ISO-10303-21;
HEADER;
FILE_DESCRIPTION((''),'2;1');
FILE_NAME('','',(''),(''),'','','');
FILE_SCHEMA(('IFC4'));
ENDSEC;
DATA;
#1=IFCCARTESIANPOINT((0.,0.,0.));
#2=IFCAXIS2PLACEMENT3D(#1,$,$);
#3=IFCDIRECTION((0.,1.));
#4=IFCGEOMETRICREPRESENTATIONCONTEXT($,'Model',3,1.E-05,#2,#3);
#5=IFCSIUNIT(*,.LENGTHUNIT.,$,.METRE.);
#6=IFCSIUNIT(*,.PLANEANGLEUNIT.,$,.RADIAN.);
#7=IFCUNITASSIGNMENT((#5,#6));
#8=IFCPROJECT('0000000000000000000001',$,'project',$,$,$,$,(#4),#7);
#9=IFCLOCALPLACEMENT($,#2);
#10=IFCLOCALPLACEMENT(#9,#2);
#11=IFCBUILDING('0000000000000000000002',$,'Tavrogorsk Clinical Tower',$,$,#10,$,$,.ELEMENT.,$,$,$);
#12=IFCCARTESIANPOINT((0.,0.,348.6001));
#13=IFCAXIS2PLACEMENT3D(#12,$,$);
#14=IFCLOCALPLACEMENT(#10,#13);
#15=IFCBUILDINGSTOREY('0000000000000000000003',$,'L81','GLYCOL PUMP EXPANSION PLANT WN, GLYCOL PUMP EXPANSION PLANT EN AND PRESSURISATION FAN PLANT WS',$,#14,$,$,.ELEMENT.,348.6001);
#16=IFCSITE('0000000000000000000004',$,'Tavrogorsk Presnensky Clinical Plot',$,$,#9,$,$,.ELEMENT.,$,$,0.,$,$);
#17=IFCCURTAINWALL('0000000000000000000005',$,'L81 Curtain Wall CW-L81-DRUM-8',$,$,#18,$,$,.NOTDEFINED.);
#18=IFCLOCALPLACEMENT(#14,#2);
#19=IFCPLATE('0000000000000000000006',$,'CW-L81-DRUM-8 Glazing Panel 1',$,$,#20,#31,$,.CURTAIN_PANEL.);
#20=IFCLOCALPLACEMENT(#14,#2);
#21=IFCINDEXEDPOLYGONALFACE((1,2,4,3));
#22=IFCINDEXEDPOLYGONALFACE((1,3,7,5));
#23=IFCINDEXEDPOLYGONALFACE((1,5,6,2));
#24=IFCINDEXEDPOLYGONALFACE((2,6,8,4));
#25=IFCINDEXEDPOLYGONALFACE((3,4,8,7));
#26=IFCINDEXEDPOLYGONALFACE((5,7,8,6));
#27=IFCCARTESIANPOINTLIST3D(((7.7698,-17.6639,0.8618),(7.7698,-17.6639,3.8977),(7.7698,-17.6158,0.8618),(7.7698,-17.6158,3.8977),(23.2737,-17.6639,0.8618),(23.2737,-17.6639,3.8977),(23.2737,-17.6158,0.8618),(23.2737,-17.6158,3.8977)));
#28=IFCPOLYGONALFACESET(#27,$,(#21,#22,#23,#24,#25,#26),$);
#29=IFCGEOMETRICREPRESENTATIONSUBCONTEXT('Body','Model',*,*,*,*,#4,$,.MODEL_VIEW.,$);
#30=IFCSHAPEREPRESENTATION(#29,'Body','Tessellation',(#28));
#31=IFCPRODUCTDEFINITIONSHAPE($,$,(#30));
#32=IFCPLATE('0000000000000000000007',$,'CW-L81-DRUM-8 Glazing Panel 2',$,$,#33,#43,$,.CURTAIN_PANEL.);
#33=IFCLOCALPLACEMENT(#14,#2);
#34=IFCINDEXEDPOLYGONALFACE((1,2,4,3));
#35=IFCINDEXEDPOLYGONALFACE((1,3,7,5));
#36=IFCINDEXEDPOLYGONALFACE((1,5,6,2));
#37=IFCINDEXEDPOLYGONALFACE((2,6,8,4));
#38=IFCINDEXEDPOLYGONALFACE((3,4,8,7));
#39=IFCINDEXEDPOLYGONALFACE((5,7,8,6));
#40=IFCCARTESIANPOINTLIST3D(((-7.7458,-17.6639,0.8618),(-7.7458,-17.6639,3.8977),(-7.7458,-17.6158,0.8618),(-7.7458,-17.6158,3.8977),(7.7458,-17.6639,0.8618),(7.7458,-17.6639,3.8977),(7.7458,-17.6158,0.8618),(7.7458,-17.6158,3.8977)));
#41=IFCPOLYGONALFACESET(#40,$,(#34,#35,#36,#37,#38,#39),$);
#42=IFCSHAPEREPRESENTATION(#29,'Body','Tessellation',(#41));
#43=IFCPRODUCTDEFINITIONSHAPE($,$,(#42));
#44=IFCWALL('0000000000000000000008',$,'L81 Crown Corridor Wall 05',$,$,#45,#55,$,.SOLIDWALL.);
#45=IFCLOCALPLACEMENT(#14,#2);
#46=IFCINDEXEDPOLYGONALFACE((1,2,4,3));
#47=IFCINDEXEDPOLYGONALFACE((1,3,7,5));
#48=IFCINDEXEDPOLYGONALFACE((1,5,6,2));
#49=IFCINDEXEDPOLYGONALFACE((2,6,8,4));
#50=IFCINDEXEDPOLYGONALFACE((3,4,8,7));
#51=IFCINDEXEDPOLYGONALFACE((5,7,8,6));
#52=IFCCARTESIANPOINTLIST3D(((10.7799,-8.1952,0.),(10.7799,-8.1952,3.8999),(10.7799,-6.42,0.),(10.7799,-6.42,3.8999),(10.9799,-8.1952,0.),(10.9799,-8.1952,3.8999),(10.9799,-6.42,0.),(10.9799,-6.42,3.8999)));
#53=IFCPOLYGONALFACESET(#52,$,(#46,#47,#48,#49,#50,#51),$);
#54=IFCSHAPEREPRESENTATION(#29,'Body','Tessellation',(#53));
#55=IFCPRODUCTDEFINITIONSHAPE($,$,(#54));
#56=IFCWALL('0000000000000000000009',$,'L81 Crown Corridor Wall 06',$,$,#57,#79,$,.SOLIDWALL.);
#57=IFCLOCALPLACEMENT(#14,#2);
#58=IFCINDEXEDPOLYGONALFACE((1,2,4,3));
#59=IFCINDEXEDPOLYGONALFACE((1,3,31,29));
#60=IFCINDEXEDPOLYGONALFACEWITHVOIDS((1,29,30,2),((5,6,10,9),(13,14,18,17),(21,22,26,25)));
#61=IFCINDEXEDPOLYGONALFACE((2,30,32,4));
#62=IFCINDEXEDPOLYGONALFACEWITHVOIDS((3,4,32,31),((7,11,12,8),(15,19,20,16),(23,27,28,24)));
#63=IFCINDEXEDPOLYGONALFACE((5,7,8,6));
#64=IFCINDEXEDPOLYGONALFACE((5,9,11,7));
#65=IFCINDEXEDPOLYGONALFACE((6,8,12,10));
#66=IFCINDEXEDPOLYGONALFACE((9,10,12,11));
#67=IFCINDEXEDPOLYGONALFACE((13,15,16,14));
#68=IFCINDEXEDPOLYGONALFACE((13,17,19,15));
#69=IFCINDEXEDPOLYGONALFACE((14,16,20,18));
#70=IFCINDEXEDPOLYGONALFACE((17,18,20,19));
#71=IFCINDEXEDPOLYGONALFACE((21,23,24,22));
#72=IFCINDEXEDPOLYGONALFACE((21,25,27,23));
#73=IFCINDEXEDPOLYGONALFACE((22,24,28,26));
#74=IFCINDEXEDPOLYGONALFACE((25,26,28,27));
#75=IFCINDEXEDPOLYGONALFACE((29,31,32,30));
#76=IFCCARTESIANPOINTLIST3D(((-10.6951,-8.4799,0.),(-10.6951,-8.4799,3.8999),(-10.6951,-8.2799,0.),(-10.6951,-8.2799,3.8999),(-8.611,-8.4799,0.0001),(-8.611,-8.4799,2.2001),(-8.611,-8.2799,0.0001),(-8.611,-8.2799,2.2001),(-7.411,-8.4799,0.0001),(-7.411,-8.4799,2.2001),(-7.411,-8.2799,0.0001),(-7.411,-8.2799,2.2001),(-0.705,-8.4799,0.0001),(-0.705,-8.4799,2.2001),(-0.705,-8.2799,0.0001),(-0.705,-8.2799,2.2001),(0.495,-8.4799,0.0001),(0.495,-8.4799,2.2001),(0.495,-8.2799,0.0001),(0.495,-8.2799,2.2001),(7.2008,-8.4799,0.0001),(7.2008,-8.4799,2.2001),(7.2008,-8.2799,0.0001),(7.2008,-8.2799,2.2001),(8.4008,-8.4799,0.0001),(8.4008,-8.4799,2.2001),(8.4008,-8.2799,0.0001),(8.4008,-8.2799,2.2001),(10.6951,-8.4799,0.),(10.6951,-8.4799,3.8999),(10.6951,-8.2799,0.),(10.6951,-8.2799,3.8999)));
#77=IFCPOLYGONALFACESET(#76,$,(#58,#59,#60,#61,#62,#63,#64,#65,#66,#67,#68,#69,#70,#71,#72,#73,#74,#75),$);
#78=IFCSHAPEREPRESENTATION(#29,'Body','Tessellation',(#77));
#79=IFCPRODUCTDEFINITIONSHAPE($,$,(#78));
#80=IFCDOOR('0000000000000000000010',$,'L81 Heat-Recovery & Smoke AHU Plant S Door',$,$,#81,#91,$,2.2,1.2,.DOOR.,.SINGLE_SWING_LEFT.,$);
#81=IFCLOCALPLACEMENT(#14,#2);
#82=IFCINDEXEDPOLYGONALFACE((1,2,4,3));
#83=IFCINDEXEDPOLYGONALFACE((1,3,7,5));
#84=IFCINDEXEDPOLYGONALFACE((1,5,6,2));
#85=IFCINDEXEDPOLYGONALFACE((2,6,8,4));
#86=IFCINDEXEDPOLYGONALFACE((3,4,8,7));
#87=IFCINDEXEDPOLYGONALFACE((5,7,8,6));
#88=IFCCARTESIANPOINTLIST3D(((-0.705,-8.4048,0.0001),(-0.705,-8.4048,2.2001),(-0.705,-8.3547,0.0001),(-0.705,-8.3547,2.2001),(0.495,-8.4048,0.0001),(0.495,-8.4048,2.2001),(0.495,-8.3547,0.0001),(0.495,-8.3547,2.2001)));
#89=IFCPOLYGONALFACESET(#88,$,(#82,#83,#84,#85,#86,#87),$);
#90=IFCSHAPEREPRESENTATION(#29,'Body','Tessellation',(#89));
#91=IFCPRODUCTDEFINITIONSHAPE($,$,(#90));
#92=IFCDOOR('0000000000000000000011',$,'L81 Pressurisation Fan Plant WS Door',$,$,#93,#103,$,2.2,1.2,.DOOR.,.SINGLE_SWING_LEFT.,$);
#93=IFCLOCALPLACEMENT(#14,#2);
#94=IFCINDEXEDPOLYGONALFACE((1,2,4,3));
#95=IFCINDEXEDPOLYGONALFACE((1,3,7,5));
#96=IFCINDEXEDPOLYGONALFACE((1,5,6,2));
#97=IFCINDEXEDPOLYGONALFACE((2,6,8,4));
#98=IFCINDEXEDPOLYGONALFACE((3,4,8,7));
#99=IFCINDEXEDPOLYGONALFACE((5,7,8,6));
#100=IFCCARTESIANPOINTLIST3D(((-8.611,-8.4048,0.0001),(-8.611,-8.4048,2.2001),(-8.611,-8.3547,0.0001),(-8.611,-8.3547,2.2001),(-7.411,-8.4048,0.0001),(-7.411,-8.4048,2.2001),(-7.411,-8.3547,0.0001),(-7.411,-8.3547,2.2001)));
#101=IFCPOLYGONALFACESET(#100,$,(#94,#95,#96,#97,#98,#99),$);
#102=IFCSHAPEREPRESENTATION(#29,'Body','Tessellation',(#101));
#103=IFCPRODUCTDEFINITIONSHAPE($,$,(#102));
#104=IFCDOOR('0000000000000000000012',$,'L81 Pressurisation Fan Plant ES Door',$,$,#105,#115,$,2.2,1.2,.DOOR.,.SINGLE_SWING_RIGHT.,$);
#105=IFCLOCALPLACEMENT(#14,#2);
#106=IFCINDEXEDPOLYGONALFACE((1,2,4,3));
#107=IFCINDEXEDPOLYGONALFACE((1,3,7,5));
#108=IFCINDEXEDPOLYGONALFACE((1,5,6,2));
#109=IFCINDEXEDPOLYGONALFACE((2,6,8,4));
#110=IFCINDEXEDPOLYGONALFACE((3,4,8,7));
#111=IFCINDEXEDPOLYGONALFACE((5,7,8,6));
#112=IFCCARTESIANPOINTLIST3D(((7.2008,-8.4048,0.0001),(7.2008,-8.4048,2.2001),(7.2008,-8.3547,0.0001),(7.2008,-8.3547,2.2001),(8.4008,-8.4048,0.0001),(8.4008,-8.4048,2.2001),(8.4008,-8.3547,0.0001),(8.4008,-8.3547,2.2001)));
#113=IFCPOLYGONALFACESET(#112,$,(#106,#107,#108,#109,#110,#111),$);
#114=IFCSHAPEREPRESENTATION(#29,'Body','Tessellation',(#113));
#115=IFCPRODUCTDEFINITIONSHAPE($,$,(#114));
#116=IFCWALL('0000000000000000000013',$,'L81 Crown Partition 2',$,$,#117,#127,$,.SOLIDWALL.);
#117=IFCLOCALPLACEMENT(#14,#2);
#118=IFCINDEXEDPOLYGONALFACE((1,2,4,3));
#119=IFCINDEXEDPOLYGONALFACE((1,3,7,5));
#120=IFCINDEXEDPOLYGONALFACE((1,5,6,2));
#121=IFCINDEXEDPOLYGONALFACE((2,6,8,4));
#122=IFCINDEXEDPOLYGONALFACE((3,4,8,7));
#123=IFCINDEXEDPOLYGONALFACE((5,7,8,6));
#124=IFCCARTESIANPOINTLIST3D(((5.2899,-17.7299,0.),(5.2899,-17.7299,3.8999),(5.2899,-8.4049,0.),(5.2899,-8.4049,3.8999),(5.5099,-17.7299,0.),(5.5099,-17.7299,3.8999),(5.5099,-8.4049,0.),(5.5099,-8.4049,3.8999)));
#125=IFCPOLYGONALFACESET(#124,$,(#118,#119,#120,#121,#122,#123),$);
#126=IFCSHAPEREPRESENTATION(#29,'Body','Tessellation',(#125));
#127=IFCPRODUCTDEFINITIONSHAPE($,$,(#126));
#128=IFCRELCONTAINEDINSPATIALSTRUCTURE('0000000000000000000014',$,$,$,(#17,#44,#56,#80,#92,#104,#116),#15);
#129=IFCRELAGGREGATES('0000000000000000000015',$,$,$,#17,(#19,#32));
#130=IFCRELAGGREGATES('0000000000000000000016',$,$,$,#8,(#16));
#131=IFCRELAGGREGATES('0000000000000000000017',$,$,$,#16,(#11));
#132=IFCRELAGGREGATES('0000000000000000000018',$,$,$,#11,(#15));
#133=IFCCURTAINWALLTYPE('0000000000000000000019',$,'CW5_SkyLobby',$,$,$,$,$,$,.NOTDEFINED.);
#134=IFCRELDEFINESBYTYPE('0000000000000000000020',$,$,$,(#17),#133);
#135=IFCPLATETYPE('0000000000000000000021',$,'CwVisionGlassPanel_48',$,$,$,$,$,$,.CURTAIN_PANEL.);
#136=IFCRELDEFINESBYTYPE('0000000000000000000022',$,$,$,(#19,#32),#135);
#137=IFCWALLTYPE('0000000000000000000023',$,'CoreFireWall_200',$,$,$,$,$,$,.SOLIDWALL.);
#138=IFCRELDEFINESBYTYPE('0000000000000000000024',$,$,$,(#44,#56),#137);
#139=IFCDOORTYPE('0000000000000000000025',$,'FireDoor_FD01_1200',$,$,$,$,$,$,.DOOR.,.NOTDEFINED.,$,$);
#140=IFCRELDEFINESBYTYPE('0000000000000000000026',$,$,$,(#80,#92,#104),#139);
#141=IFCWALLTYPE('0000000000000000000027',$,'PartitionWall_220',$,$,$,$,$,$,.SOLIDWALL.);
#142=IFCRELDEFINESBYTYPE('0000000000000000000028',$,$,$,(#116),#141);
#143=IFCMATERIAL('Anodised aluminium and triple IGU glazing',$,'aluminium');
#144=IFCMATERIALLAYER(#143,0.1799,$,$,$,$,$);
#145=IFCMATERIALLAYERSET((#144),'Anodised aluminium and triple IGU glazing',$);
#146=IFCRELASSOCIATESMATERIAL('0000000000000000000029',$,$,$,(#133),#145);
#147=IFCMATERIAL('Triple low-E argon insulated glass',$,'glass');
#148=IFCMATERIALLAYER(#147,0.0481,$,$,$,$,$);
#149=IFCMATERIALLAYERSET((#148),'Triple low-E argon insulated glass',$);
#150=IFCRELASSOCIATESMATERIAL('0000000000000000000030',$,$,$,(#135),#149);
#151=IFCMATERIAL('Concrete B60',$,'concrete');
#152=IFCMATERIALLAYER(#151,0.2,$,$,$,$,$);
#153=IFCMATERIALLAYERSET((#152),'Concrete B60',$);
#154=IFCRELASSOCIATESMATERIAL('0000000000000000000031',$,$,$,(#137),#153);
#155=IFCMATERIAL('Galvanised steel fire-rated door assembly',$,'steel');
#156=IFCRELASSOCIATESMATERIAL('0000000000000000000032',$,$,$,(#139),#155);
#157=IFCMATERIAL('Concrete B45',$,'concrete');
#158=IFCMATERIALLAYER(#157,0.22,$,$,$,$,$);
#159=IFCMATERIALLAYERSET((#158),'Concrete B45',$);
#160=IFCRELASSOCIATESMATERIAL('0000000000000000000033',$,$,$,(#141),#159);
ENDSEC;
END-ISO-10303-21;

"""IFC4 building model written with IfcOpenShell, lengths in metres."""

from ifc_helpers import new_model, si_unit, direction, frame, frame_2d, origin, origin_2d, place, context, subcontext, project, spatial, rectangle, extrude, material, layer, layer_set, type_object, element, fill, aggregate, save


model = new_model("IFC4")

# Units and contexts
model_context = context("Model", 3, precision=1e-05, world=origin(), true_north=direction((0.0, 1.0)))
body_context = subcontext(model_context, "Body", "Model", "MODEL_VIEW")
ifc_project = project(units=[si_unit("LENGTHUNIT", "METRE"), si_unit("PLANEANGLEUNIT", "RADIAN")], contexts=[model_context])

# Site, building, storey
site_placement = place(None, origin())
site = spatial("IfcSite", under=ifc_project, at=site_placement, Name="Tavrogorsk Presnensky Clinical Plot", CompositionType="ELEMENT", RefElevation=0.0)
building_placement = place(site_placement, origin())
building = spatial("IfcBuilding", under=site, at=building_placement, Name="Tavrogorsk Clinical Tower", CompositionType="ELEMENT")
storey_placement = place(building_placement, frame((0.0, 0.0, 348.6001)))
storey = spatial("IfcBuildingStorey", under=building, at=storey_placement, Name="L81", Description="GLYCOL PUMP EXPANSION PLANT WN, GLYCOL PUMP EXPANSION PLANT EN AND PRESSURISATION FAN PLANT WS", CompositionType="ELEMENT", Elevation=348.6001)

# Curtain wall
ifc_material_1 = material(Name="Anodised aluminium and triple IGU glazing", Category="aluminium")
ifc_layer_1 = layer(ifc_material_1, 0.1799)
ifc_layer_set_1 = layer_set([ifc_layer_1], Name="Anodised aluminium and triple IGU glazing")
curtain_wall_type = type_object("IfcCurtainWallType", Name="CW5_SkyLobby", PredefinedType="NOTDEFINED", material=ifc_layer_set_1)
curtain_wall_placement = place(storey_placement, origin())
curtain_wall = element("IfcCurtainWall", 1, at=curtain_wall_placement, inside=storey, type_object=curtain_wall_type, Name="L81 Curtain Wall CW-L81-DRUM-8", PredefinedType="NOTDEFINED")

# Plates
ifc_material_2 = material(Name="Triple low-E argon insulated glass", Category="glass")
ifc_layer_2 = layer(ifc_material_2, 0.0481)
ifc_layer_set_2 = layer_set([ifc_layer_2], Name="Triple low-E argon insulated glass")
plate_type_1 = type_object("IfcPlateType", Name="CwVisionGlassPanel_48", PredefinedType="CURTAIN_PANEL", material=ifc_layer_set_2)
plate_1_placement = place(storey_placement, frame((15.5217, -17.6399, 0.8618), z_axis=(0.0, 0.0, 1.0), x_axis=(-1.0, 0.0, 0.0)))
plate_1 = element("IfcPlate", 2, at=plate_1_placement, type_object=plate_type_1, Name="CW-L81-DRUM-8 Glazing Panel 1", PredefinedType="CURTAIN_PANEL", context=body_context, shape_type="SweptSolid", body=[
    extrude(rectangle(XDim=15.5039, YDim=0.0481, at=origin_2d()), origin(), (0.0, 0.0, 1.0), 3.0359),
])
plate_2_placement = place(storey_placement, frame((0.0, -17.6399, 0.8618), z_axis=(0.0, 0.0, 1.0), x_axis=(-1.0, 0.0, 0.0)))
plate_2 = element("IfcPlate", 3, at=plate_2_placement, type_object=plate_type_1, Name="CW-L81-DRUM-8 Glazing Panel 2", PredefinedType="CURTAIN_PANEL", context=body_context, shape_type="SweptSolid", body=[
    extrude(rectangle(XDim=15.4917, YDim=0.0481, at=origin_2d()), origin(), (0.0, 0.0, 1.0), 3.0359),
])
aggregate(curtain_wall, [plate_1, plate_2])

# Wall
ifc_material_3 = material(Name="Concrete B60", Category="concrete")
ifc_layer_3 = layer(ifc_material_3, 0.2)
ifc_layer_set_3 = layer_set([ifc_layer_3], Name="Concrete B60")
wall_type_1 = type_object("IfcWallType", Name="CoreFireWall_200", PredefinedType="SOLIDWALL", material=ifc_layer_set_3)
wall_1_placement = place(storey_placement, frame((10.8799, -6.4199, 0.0), z_axis=(0.0, 0.0, 1.0), x_axis=(0.0, -1.0, 0.0)))
element("IfcWall", 4, at=wall_1_placement, inside=storey, type_object=wall_type_1, Name="L81 Crown Corridor Wall 05", PredefinedType="SOLIDWALL", context=body_context, shape_type="SweptSolid", body=[
    extrude(rectangle(XDim=1.7751, YDim=0.2, at=frame_2d((0.8877, 0.0))), origin(), (0.0, 0.0, 1.0), 3.8999),
])

# Wall, openings, doors
wall_2_placement = place(storey_placement, frame((10.6951, -8.3799, 0.0), z_axis=(0.0, 0.0, 1.0), x_axis=(-1.0, 0.0, 0.0)))
wall_2 = element("IfcWall", 5, at=wall_2_placement, inside=storey, type_object=wall_type_1, Name="L81 Crown Corridor Wall 06", PredefinedType="SOLIDWALL", context=body_context, shape_type="SweptSolid", body=[
    extrude(rectangle(XDim=21.3901, YDim=0.2, at=frame_2d((10.6951, 0.0))), origin(), (0.0, 0.0, 1.0), 3.8999),
])
opening_1_placement = place(wall_2_placement, frame((10.2, 0.0, 0.0)))
opening_1 = element("IfcOpeningElement", 6, at=opening_1_placement, cuts=wall_2, PredefinedType="OPENING", context=body_context, shape_type="SweptSolid", body=[
    extrude(rectangle(XDim=1.2, YDim=2.2, at=frame_2d((0.6001, 1.1001))), frame((0.0, 0.1099, 0.0), z_axis=(0.0, -1.0, 0.0), x_axis=(1.0, 0.0, 0.0)), (0.0, 0.0, 1.0), 0.22),
])
opening_2_placement = place(wall_2_placement, frame((18.106, 0.0, 0.0)))
opening_2 = element("IfcOpeningElement", 7, at=opening_2_placement, cuts=wall_2, PredefinedType="OPENING", context=body_context, shape_type="SweptSolid", body=[
    extrude(rectangle(XDim=1.2, YDim=2.2, at=frame_2d((0.6001, 1.1001))), frame((0.0, 0.1099, 0.0), z_axis=(0.0, -1.0, 0.0), x_axis=(1.0, 0.0, 0.0)), (0.0, 0.0, 1.0), 0.22),
])
opening_3_placement = place(wall_2_placement, frame((2.2942, 0.0, 0.0)))
opening_3 = element("IfcOpeningElement", 8, at=opening_3_placement, cuts=wall_2, PredefinedType="OPENING", context=body_context, shape_type="SweptSolid", body=[
    extrude(rectangle(XDim=1.2, YDim=2.2, at=frame_2d((0.6001, 1.1001))), frame((0.0, 0.1099, 0.0), z_axis=(0.0, -1.0, 0.0), x_axis=(1.0, 0.0, 0.0)), (0.0, 0.0, 1.0), 0.22),
])
ifc_material_4 = material(Name="Galvanised steel fire-rated door assembly", Category="steel")
door_type = type_object("IfcDoorType", Name="FireDoor_FD01_1200", OperationType="NOTDEFINED", PredefinedType="DOOR", material=ifc_material_4)
door_1_placement = place(opening_1_placement, origin())
door_1 = element("IfcDoor", 9, at=door_1_placement, inside=storey, type_object=door_type, Name="L81 Heat-Recovery & Smoke AHU Plant S Door", OperationType="SINGLE_SWING_LEFT", OverallHeight=2.2, OverallWidth=1.2, PredefinedType="DOOR", context=body_context, shape_type="SweptSolid", body=[
    extrude(rectangle(XDim=1.2, YDim=2.2, at=frame_2d((0.6001, 1.1001))), frame((0.0, 0.0249, 0.0), z_axis=(0.0, -1.0, 0.0), x_axis=(1.0, 0.0, 0.0)), (0.0, 0.0, 1.0), 0.05),
])
fill(opening_1, door_1)
door_2_placement = place(opening_2_placement, origin())
door_2 = element("IfcDoor", 10, at=door_2_placement, inside=storey, type_object=door_type, Name="L81 Pressurisation Fan Plant WS Door", OperationType="SINGLE_SWING_LEFT", OverallHeight=2.2, OverallWidth=1.2, PredefinedType="DOOR", context=body_context, shape_type="SweptSolid", body=[
    extrude(rectangle(XDim=1.2, YDim=2.2, at=frame_2d((0.6001, 1.1001))), frame((0.0, 0.0249, 0.0), z_axis=(0.0, -1.0, 0.0), x_axis=(1.0, 0.0, 0.0)), (0.0, 0.0, 1.0), 0.05),
])
fill(opening_2, door_2)
door_3_placement = place(opening_3_placement, origin())
door_3 = element("IfcDoor", 11, at=door_3_placement, inside=storey, type_object=door_type, Name="L81 Pressurisation Fan Plant ES Door", OperationType="SINGLE_SWING_RIGHT", OverallHeight=2.2, OverallWidth=1.2, PredefinedType="DOOR", context=body_context, shape_type="SweptSolid", body=[
    extrude(rectangle(XDim=1.2, YDim=2.2, at=frame_2d((0.6001, 1.1001))), frame((0.0, 0.0249, 0.0), z_axis=(0.0, -1.0, 0.0), x_axis=(1.0, 0.0, 0.0)), (0.0, 0.0, 1.0), 0.05),
])
fill(opening_3, door_3)

# Wall
ifc_material_5 = material(Name="Concrete B45", Category="concrete")
ifc_layer_4 = layer(ifc_material_5, 0.22)
ifc_layer_set_4 = layer_set([ifc_layer_4], Name="Concrete B45")
wall_type_2 = type_object("IfcWallType", Name="PartitionWall_220", PredefinedType="SOLIDWALL", material=ifc_layer_set_4)
wall_3_placement = place(storey_placement, frame((5.3999, -17.73, 0.0), z_axis=(0.0, 0.0, 1.0), x_axis=(0.0, 1.0, 0.0)))
element("IfcWall", 12, at=wall_3_placement, inside=storey, type_object=wall_type_2, Name="L81 Crown Partition 2", PredefinedType="SOLIDWALL", context=body_context, shape_type="SweptSolid", body=[
    extrude(rectangle(XDim=9.325, YDim=0.22, at=frame_2d((4.6626, 0.0))), origin(), (0.0, 0.0, 1.0), 3.8999),
])

save(model, "model.ifc")
